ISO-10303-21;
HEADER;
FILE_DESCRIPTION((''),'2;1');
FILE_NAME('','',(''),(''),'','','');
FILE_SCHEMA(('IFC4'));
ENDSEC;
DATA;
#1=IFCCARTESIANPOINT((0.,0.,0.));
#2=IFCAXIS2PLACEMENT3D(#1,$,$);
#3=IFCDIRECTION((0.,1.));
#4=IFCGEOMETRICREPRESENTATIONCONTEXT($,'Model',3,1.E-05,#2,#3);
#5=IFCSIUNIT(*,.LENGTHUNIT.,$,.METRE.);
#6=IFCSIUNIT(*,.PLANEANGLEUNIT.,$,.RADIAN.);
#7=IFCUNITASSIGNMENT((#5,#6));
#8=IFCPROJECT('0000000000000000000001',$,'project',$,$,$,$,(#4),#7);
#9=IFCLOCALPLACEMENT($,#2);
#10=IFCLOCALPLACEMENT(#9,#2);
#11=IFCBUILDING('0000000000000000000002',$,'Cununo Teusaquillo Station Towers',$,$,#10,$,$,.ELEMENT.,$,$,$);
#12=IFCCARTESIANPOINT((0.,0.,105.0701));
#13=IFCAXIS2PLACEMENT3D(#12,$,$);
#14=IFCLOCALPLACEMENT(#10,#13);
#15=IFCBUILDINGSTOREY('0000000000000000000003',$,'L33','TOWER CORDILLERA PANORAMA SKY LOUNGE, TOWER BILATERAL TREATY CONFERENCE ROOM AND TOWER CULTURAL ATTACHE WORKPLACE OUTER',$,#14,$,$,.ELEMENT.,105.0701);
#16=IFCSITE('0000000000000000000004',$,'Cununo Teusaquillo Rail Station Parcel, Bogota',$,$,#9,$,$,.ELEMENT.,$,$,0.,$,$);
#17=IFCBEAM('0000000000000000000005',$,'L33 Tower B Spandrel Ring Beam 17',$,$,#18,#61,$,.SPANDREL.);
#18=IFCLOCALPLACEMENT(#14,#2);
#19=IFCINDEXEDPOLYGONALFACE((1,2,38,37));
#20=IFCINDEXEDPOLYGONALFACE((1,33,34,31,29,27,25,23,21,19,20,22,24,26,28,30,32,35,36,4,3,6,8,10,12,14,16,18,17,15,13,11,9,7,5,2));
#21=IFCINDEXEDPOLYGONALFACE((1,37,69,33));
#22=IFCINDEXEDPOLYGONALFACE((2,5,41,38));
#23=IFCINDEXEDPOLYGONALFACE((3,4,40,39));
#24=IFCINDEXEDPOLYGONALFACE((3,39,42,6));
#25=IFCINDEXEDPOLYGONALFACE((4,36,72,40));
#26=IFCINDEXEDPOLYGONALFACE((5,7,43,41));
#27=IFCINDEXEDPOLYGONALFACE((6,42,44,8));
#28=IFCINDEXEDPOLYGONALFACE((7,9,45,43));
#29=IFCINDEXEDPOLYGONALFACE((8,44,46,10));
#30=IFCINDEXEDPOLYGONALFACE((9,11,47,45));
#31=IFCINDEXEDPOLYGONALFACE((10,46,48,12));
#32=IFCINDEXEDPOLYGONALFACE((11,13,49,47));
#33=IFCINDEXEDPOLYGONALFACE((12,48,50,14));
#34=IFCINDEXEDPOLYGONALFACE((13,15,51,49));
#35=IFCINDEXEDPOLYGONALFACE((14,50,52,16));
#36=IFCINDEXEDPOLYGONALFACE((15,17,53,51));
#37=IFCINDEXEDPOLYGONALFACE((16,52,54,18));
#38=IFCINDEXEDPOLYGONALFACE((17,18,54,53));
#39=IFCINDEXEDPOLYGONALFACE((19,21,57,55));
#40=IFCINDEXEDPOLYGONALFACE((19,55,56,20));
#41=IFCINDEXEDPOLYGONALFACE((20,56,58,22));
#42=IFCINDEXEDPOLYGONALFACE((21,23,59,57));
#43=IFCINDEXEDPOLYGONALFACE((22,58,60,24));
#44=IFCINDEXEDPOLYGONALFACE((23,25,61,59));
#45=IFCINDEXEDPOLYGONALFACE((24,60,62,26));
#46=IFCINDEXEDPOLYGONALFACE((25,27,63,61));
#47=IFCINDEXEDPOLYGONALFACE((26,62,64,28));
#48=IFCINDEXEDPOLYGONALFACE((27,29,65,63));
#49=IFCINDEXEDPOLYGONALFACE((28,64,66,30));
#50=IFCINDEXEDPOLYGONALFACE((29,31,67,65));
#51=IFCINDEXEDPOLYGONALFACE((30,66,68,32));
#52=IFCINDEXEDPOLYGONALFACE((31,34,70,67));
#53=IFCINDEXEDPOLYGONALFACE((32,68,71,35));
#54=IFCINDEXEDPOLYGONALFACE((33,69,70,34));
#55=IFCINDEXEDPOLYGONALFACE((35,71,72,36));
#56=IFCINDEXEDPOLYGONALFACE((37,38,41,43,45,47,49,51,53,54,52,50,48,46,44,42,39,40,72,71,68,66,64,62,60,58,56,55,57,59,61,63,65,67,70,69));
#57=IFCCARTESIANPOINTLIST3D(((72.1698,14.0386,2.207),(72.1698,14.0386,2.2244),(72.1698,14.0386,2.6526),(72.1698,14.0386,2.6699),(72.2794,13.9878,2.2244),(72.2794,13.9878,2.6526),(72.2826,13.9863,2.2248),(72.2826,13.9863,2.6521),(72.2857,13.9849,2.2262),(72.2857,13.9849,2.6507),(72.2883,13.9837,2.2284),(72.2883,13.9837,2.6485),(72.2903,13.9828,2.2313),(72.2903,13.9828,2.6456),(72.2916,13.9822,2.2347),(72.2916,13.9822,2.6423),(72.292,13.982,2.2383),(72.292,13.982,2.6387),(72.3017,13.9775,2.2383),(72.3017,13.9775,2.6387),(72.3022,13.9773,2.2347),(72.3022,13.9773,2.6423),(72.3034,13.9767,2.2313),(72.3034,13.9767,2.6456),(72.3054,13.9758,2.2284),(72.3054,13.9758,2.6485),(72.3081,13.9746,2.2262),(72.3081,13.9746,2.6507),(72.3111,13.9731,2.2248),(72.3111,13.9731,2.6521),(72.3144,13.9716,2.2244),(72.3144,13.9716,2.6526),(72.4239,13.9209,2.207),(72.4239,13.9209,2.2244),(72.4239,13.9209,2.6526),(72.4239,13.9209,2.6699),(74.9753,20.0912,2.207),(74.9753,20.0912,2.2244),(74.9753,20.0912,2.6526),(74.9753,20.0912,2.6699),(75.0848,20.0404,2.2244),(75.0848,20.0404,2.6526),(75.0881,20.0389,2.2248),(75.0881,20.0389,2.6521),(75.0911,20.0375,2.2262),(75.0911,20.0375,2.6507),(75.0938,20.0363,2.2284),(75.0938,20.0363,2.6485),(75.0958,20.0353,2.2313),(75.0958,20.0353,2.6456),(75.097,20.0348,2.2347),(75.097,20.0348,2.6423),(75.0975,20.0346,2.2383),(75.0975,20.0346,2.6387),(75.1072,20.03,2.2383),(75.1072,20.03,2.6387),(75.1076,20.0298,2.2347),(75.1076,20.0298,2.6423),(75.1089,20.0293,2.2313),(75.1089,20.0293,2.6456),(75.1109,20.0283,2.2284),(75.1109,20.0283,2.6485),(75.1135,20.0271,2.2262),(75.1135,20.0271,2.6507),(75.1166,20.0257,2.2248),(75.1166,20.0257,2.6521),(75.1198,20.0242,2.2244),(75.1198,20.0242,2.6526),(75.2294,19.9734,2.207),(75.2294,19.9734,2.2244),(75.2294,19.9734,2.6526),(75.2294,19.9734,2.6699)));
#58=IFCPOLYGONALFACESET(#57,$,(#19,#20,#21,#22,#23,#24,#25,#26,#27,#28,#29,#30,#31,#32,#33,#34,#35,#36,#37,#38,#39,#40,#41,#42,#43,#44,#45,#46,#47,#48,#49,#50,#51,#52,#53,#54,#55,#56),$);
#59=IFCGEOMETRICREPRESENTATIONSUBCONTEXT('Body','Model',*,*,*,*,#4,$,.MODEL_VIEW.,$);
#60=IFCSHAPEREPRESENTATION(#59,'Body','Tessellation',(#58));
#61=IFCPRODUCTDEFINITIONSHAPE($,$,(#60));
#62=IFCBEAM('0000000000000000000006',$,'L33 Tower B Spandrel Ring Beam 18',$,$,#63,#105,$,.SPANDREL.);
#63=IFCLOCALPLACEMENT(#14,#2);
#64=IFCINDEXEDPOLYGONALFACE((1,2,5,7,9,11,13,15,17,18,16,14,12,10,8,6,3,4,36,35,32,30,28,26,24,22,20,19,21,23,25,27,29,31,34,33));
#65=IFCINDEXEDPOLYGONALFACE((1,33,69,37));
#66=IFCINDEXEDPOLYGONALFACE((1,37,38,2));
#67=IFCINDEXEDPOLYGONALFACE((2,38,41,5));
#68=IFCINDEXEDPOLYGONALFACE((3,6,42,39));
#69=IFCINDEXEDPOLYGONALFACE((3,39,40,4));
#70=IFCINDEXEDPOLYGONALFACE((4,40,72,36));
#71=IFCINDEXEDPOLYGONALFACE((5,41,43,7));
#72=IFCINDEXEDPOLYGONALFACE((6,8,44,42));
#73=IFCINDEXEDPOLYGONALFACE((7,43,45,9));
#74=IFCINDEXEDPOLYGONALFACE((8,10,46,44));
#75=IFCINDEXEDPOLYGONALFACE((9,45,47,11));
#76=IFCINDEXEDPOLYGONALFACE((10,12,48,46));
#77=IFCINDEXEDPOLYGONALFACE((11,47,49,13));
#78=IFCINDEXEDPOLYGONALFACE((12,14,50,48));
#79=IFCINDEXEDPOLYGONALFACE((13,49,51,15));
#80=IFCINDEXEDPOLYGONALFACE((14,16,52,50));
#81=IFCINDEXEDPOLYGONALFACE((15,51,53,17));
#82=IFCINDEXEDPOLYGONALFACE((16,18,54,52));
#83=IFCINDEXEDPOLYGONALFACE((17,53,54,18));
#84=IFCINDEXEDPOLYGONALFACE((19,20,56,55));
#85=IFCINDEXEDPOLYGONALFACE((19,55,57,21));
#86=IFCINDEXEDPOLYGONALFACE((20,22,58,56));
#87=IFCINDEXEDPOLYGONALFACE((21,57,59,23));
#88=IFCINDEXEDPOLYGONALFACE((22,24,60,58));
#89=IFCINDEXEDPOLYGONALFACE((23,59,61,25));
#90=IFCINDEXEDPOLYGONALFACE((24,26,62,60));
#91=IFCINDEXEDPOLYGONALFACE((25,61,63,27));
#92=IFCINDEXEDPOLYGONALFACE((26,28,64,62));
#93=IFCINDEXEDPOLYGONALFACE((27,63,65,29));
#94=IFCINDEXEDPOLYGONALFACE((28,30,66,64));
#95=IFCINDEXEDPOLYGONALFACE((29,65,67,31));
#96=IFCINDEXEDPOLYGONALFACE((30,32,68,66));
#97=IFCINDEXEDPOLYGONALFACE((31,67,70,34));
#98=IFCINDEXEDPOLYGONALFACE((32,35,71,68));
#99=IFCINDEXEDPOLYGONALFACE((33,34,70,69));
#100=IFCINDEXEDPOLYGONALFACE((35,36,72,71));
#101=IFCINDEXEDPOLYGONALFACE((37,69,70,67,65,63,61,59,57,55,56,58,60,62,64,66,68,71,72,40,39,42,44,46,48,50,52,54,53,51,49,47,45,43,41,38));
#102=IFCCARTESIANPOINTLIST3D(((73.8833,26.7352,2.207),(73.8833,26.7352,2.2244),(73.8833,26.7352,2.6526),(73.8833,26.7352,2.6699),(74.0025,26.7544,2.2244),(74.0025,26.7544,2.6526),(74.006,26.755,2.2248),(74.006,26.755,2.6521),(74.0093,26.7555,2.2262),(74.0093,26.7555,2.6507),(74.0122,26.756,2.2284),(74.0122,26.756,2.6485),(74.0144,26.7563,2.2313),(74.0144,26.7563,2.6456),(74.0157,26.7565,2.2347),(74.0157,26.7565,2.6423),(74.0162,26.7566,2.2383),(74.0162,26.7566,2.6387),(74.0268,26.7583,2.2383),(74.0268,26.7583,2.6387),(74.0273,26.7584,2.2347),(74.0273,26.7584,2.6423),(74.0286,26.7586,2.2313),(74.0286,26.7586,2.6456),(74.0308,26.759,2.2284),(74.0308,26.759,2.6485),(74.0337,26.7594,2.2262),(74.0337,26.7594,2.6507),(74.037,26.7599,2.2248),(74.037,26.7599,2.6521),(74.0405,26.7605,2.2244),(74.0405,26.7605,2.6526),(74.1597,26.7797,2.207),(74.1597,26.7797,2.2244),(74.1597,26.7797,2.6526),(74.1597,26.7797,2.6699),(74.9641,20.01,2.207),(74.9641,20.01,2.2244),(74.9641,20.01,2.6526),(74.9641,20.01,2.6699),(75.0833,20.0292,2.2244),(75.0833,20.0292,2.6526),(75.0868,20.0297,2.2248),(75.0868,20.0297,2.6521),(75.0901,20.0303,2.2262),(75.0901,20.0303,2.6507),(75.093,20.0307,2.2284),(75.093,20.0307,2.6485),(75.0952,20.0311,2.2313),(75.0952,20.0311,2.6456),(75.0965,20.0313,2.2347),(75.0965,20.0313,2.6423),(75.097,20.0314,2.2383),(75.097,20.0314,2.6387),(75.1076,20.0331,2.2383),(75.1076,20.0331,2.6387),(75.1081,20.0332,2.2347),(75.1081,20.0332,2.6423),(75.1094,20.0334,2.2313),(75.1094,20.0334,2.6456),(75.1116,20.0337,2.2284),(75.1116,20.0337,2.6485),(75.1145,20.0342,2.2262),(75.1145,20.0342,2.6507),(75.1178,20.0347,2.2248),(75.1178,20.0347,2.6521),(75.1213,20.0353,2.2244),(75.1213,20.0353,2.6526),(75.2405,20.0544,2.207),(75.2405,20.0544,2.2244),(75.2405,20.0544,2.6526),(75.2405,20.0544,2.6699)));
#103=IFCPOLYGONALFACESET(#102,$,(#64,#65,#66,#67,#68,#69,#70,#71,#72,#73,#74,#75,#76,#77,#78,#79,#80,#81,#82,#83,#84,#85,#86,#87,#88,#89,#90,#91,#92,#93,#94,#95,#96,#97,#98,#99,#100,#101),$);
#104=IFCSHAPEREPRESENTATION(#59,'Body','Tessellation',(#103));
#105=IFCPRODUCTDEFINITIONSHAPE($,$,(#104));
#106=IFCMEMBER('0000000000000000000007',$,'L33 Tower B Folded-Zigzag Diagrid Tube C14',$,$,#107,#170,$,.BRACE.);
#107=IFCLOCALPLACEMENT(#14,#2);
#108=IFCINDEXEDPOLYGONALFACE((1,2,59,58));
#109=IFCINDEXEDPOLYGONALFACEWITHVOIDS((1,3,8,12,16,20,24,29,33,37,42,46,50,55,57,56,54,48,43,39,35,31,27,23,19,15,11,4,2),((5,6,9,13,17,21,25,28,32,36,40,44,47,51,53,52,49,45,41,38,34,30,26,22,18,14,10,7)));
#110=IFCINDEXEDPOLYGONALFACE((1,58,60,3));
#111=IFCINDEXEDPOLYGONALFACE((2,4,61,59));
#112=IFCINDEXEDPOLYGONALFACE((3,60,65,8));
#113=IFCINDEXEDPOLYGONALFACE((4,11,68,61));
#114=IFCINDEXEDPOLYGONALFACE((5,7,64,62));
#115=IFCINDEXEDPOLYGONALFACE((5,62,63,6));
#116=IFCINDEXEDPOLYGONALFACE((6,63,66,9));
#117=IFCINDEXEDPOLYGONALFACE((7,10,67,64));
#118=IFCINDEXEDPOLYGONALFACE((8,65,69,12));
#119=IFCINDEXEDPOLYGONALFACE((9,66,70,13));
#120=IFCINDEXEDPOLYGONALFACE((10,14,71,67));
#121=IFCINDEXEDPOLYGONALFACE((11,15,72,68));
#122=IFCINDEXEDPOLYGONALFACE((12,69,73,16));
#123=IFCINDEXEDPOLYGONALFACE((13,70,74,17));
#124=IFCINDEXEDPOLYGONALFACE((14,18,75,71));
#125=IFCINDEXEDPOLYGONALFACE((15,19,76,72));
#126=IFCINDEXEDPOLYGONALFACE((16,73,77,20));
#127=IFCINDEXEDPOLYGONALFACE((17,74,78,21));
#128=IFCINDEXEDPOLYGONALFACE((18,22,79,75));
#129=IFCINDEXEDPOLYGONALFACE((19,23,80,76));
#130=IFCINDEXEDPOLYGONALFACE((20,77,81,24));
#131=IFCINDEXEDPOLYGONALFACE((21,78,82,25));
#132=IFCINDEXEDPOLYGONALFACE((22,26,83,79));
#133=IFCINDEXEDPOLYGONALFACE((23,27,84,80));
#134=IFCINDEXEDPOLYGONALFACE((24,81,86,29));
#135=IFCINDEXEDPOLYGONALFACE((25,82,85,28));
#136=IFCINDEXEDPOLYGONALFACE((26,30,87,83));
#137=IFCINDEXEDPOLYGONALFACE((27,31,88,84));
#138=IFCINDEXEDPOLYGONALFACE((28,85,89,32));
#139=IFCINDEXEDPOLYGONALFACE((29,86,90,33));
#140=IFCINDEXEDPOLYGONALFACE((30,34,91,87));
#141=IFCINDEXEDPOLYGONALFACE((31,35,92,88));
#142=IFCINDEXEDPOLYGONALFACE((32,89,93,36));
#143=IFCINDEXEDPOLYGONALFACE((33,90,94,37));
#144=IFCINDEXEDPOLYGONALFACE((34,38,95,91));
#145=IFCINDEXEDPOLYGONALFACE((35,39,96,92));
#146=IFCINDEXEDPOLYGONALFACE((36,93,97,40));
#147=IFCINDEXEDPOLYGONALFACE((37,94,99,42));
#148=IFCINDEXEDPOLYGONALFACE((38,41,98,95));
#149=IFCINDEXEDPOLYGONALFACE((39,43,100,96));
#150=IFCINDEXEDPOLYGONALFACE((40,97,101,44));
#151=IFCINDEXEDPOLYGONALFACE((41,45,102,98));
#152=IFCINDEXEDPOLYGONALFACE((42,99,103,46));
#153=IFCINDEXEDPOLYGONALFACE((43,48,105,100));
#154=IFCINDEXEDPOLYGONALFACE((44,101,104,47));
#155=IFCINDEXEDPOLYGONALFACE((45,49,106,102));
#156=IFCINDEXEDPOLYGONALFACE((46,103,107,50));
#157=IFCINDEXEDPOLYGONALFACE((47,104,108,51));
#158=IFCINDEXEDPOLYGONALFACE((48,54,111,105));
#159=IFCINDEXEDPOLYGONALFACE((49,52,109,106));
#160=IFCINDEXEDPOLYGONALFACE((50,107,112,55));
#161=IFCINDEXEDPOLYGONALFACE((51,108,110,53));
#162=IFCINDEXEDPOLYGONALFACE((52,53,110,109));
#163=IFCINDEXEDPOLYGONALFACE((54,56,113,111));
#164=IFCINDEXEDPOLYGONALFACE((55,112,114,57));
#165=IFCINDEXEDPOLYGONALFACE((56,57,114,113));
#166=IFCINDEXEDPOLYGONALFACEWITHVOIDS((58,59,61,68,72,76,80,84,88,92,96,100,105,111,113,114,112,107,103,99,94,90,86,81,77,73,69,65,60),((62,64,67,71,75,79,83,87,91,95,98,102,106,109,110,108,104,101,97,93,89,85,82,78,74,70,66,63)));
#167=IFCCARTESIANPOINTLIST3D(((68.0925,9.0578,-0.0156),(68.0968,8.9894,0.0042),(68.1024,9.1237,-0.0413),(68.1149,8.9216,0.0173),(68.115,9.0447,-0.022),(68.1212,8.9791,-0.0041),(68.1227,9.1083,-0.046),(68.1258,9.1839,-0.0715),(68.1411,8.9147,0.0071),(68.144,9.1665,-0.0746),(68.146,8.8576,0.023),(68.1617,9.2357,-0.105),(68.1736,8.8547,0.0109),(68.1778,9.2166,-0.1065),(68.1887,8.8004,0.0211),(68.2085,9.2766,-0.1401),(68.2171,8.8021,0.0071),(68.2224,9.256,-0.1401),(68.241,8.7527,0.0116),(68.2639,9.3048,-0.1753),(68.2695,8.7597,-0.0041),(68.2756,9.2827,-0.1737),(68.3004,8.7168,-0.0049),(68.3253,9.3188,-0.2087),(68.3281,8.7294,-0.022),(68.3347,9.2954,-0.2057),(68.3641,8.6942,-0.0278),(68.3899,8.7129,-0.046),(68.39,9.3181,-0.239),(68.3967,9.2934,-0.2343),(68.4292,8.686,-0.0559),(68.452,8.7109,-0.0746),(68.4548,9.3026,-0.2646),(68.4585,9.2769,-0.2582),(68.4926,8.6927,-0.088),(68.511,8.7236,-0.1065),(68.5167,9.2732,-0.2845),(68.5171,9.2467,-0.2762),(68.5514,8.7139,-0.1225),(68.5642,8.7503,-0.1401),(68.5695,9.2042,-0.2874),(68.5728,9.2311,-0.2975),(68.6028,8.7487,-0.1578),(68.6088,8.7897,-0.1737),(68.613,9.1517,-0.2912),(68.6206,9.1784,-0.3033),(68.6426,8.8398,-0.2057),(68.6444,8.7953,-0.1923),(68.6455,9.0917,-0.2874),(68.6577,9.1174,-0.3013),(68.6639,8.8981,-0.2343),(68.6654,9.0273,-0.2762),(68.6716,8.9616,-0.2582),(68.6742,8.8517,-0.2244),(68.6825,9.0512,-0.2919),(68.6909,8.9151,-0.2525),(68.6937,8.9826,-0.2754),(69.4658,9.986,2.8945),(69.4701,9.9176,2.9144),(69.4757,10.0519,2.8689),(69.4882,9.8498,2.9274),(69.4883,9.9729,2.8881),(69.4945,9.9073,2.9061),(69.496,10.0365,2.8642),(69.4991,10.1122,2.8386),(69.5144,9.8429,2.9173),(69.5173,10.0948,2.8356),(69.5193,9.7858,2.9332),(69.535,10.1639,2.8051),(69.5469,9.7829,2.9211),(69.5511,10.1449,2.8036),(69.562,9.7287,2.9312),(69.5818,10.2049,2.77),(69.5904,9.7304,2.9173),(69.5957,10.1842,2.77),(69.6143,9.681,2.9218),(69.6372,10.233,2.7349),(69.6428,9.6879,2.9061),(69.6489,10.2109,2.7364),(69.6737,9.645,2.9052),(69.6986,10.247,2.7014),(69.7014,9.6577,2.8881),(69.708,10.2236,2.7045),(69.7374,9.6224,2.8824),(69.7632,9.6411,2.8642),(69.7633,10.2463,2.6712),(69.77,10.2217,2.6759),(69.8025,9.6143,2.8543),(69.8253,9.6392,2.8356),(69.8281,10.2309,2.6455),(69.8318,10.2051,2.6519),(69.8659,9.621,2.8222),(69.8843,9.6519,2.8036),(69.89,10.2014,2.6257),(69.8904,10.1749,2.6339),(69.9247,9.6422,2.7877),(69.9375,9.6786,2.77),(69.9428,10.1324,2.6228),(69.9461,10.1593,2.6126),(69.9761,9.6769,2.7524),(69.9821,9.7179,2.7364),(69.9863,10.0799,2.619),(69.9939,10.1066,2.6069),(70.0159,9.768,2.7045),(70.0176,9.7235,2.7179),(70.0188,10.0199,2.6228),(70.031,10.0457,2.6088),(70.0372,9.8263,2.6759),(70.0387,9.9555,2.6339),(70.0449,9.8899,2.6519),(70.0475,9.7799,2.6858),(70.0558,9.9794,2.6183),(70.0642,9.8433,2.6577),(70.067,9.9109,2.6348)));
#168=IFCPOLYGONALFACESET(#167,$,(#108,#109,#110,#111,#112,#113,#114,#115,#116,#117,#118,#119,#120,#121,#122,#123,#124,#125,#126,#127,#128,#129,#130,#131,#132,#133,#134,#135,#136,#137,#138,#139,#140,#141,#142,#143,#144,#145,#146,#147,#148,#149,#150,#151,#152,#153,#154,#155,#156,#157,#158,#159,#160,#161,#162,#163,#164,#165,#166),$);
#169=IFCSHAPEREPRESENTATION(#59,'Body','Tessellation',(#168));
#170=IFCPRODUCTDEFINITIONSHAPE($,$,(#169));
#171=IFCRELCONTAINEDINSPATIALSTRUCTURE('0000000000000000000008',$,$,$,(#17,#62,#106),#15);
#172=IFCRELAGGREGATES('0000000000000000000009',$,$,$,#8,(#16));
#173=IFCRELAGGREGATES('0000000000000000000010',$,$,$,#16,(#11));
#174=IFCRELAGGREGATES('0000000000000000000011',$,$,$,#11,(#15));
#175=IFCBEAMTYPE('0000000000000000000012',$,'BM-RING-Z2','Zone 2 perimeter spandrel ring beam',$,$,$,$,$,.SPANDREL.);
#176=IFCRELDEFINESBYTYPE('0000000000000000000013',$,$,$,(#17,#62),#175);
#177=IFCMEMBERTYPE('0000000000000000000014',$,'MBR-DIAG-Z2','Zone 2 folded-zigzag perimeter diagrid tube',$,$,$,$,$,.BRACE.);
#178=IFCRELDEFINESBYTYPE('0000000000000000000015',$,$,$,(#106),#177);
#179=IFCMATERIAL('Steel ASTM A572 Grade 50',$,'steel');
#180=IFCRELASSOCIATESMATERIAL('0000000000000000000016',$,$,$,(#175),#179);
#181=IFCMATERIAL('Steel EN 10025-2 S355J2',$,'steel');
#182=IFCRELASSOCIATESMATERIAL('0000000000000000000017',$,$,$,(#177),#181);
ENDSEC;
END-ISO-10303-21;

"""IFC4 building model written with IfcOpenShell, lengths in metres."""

from ifc_helpers import new_model, si_unit, direction, frame, origin, origin_2d, place, context, subcontext, project, spatial, hollow_circle, i_section, extrude, material, material_profile, profile_set, type_object, element, save


model = new_model("IFC4")

# Units and contexts
model_context = context("Model", 3, precision=1e-05, world=origin(), true_north=direction((0.0, 1.0)))
body_context = subcontext(model_context, "Body", "Model", "MODEL_VIEW")
ifc_project = project(units=[si_unit("LENGTHUNIT", "METRE"), si_unit("PLANEANGLEUNIT", "RADIAN")], contexts=[model_context])

# Site, building, storey
site_placement = place(None, origin())
site = spatial("IfcSite", under=ifc_project, at=site_placement, Name="Cununo Teusaquillo Rail Station Parcel, Bogota", CompositionType="ELEMENT", RefElevation=0.0)
building_placement = place(site_placement, origin())
building = spatial("IfcBuilding", under=site, at=building_placement, Name="Cununo Teusaquillo Station Towers", CompositionType="ELEMENT")
storey_placement = place(building_placement, frame((0.0, 0.0, 105.0701)))
storey = spatial("IfcBuildingStorey", under=building, at=storey_placement, Name="L33", Description="TOWER CORDILLERA PANORAMA SKY LOUNGE, TOWER BILATERAL TREATY CONFERENCE ROOM AND TOWER CULTURAL ATTACHE WORKPLACE OUTER", CompositionType="ELEMENT", Elevation=105.0701)

# Beams
ifc_material_1 = material(Name="Steel ASTM A572 Grade 50", Category="steel")
ifc_material_profile_1 = material_profile(ifc_material_1, i_section(OverallWidth=0.28, OverallDepth=0.4629, WebThickness=0.0107, FlangeThickness=0.0173, FilletRadius=0.0139, at=origin_2d()), Name="W18X76")
ifc_profile_set_1 = profile_set([ifc_material_profile_1], Name="Steel ASTM A572 Grade 50")
beam_type_1 = type_object("IfcBeamType", Name="BM-RING-Z2", Description="Zone 2 perimeter spandrel ring beam", PredefinedType="SPANDREL", material=ifc_profile_set_1)
beam_1_placement = place(storey_placement, frame((72.2969, 13.9797, 2.4385), z_axis=(0.420536, 0.907276, 0.0), x_axis=(-0.907276, 0.420536, 0.0)))
element("IfcBeam", 1, at=beam_1_placement, inside=storey, type_object=beam_type_1, Name="L33 Tower B Spandrel Ring Beam 17", PredefinedType="SPANDREL", context=body_context, shape_type="SweptSolid", body=[
    extrude(i_section(OverallWidth=0.28, OverallDepth=0.4629, WebThickness=0.0107, FlangeThickness=0.0173, FilletRadius=0.0139, at=origin_2d()), origin(), (0.0, 0.0, 1.0), 6.6711),
])
beam_2_placement = place(storey_placement, frame((75.1023, 20.0322, 2.4385), z_axis=(-0.158671, 0.987331, 0.0), x_axis=(-0.987331, -0.158671, 0.0)))
element("IfcBeam", 2, at=beam_2_placement, inside=storey, type_object=beam_type_1, Name="L33 Tower B Spandrel Ring Beam 18", PredefinedType="SPANDREL", context=body_context, shape_type="SweptSolid", body=[
    extrude(i_section(OverallWidth=0.28, OverallDepth=0.4629, WebThickness=0.0107, FlangeThickness=0.0173, FilletRadius=0.0139, at=origin_2d()), origin(), (0.0, 0.0, 1.0), 6.8115),
])

# Member
ifc_material_2 = material(Name="Steel EN 10025-2 S355J2", Category="steel")
ifc_material_profile_2 = material_profile(ifc_material_2, hollow_circle(Radius=0.3301, WallThickness=0.0249, at=origin_2d()), Name="CHS 660x25")
ifc_profile_set_2 = profile_set([ifc_material_profile_2], Name="Steel EN 10025-2 S355J2")
member_type = type_object("IfcMemberType", Name="MBR-DIAG-Z2", Description="Zone 2 folded-zigzag perimeter diagrid tube", PredefinedType="BRACE", material=ifc_profile_set_2)
member_1_placement = place(storey_placement, frame((68.3933, 9.0032, -0.1401), z_axis=(0.410047, 0.277155, 0.868934), x_axis=(-0.559991, 0.828498, 0.0)))
element("IfcMember", 3, at=member_1_placement, inside=storey, type_object=member_type, Name="L33 Tower B Folded-Zigzag Diagrid Tube C14", PredefinedType="BRACE", context=body_context, shape_type="SweptSolid", body=[
    extrude(hollow_circle(Radius=0.3301, WallThickness=0.0249, at=origin_2d()), origin(), (0.0, 0.0, 1.0), 3.3491),
])

save(model, "model.ifc")
